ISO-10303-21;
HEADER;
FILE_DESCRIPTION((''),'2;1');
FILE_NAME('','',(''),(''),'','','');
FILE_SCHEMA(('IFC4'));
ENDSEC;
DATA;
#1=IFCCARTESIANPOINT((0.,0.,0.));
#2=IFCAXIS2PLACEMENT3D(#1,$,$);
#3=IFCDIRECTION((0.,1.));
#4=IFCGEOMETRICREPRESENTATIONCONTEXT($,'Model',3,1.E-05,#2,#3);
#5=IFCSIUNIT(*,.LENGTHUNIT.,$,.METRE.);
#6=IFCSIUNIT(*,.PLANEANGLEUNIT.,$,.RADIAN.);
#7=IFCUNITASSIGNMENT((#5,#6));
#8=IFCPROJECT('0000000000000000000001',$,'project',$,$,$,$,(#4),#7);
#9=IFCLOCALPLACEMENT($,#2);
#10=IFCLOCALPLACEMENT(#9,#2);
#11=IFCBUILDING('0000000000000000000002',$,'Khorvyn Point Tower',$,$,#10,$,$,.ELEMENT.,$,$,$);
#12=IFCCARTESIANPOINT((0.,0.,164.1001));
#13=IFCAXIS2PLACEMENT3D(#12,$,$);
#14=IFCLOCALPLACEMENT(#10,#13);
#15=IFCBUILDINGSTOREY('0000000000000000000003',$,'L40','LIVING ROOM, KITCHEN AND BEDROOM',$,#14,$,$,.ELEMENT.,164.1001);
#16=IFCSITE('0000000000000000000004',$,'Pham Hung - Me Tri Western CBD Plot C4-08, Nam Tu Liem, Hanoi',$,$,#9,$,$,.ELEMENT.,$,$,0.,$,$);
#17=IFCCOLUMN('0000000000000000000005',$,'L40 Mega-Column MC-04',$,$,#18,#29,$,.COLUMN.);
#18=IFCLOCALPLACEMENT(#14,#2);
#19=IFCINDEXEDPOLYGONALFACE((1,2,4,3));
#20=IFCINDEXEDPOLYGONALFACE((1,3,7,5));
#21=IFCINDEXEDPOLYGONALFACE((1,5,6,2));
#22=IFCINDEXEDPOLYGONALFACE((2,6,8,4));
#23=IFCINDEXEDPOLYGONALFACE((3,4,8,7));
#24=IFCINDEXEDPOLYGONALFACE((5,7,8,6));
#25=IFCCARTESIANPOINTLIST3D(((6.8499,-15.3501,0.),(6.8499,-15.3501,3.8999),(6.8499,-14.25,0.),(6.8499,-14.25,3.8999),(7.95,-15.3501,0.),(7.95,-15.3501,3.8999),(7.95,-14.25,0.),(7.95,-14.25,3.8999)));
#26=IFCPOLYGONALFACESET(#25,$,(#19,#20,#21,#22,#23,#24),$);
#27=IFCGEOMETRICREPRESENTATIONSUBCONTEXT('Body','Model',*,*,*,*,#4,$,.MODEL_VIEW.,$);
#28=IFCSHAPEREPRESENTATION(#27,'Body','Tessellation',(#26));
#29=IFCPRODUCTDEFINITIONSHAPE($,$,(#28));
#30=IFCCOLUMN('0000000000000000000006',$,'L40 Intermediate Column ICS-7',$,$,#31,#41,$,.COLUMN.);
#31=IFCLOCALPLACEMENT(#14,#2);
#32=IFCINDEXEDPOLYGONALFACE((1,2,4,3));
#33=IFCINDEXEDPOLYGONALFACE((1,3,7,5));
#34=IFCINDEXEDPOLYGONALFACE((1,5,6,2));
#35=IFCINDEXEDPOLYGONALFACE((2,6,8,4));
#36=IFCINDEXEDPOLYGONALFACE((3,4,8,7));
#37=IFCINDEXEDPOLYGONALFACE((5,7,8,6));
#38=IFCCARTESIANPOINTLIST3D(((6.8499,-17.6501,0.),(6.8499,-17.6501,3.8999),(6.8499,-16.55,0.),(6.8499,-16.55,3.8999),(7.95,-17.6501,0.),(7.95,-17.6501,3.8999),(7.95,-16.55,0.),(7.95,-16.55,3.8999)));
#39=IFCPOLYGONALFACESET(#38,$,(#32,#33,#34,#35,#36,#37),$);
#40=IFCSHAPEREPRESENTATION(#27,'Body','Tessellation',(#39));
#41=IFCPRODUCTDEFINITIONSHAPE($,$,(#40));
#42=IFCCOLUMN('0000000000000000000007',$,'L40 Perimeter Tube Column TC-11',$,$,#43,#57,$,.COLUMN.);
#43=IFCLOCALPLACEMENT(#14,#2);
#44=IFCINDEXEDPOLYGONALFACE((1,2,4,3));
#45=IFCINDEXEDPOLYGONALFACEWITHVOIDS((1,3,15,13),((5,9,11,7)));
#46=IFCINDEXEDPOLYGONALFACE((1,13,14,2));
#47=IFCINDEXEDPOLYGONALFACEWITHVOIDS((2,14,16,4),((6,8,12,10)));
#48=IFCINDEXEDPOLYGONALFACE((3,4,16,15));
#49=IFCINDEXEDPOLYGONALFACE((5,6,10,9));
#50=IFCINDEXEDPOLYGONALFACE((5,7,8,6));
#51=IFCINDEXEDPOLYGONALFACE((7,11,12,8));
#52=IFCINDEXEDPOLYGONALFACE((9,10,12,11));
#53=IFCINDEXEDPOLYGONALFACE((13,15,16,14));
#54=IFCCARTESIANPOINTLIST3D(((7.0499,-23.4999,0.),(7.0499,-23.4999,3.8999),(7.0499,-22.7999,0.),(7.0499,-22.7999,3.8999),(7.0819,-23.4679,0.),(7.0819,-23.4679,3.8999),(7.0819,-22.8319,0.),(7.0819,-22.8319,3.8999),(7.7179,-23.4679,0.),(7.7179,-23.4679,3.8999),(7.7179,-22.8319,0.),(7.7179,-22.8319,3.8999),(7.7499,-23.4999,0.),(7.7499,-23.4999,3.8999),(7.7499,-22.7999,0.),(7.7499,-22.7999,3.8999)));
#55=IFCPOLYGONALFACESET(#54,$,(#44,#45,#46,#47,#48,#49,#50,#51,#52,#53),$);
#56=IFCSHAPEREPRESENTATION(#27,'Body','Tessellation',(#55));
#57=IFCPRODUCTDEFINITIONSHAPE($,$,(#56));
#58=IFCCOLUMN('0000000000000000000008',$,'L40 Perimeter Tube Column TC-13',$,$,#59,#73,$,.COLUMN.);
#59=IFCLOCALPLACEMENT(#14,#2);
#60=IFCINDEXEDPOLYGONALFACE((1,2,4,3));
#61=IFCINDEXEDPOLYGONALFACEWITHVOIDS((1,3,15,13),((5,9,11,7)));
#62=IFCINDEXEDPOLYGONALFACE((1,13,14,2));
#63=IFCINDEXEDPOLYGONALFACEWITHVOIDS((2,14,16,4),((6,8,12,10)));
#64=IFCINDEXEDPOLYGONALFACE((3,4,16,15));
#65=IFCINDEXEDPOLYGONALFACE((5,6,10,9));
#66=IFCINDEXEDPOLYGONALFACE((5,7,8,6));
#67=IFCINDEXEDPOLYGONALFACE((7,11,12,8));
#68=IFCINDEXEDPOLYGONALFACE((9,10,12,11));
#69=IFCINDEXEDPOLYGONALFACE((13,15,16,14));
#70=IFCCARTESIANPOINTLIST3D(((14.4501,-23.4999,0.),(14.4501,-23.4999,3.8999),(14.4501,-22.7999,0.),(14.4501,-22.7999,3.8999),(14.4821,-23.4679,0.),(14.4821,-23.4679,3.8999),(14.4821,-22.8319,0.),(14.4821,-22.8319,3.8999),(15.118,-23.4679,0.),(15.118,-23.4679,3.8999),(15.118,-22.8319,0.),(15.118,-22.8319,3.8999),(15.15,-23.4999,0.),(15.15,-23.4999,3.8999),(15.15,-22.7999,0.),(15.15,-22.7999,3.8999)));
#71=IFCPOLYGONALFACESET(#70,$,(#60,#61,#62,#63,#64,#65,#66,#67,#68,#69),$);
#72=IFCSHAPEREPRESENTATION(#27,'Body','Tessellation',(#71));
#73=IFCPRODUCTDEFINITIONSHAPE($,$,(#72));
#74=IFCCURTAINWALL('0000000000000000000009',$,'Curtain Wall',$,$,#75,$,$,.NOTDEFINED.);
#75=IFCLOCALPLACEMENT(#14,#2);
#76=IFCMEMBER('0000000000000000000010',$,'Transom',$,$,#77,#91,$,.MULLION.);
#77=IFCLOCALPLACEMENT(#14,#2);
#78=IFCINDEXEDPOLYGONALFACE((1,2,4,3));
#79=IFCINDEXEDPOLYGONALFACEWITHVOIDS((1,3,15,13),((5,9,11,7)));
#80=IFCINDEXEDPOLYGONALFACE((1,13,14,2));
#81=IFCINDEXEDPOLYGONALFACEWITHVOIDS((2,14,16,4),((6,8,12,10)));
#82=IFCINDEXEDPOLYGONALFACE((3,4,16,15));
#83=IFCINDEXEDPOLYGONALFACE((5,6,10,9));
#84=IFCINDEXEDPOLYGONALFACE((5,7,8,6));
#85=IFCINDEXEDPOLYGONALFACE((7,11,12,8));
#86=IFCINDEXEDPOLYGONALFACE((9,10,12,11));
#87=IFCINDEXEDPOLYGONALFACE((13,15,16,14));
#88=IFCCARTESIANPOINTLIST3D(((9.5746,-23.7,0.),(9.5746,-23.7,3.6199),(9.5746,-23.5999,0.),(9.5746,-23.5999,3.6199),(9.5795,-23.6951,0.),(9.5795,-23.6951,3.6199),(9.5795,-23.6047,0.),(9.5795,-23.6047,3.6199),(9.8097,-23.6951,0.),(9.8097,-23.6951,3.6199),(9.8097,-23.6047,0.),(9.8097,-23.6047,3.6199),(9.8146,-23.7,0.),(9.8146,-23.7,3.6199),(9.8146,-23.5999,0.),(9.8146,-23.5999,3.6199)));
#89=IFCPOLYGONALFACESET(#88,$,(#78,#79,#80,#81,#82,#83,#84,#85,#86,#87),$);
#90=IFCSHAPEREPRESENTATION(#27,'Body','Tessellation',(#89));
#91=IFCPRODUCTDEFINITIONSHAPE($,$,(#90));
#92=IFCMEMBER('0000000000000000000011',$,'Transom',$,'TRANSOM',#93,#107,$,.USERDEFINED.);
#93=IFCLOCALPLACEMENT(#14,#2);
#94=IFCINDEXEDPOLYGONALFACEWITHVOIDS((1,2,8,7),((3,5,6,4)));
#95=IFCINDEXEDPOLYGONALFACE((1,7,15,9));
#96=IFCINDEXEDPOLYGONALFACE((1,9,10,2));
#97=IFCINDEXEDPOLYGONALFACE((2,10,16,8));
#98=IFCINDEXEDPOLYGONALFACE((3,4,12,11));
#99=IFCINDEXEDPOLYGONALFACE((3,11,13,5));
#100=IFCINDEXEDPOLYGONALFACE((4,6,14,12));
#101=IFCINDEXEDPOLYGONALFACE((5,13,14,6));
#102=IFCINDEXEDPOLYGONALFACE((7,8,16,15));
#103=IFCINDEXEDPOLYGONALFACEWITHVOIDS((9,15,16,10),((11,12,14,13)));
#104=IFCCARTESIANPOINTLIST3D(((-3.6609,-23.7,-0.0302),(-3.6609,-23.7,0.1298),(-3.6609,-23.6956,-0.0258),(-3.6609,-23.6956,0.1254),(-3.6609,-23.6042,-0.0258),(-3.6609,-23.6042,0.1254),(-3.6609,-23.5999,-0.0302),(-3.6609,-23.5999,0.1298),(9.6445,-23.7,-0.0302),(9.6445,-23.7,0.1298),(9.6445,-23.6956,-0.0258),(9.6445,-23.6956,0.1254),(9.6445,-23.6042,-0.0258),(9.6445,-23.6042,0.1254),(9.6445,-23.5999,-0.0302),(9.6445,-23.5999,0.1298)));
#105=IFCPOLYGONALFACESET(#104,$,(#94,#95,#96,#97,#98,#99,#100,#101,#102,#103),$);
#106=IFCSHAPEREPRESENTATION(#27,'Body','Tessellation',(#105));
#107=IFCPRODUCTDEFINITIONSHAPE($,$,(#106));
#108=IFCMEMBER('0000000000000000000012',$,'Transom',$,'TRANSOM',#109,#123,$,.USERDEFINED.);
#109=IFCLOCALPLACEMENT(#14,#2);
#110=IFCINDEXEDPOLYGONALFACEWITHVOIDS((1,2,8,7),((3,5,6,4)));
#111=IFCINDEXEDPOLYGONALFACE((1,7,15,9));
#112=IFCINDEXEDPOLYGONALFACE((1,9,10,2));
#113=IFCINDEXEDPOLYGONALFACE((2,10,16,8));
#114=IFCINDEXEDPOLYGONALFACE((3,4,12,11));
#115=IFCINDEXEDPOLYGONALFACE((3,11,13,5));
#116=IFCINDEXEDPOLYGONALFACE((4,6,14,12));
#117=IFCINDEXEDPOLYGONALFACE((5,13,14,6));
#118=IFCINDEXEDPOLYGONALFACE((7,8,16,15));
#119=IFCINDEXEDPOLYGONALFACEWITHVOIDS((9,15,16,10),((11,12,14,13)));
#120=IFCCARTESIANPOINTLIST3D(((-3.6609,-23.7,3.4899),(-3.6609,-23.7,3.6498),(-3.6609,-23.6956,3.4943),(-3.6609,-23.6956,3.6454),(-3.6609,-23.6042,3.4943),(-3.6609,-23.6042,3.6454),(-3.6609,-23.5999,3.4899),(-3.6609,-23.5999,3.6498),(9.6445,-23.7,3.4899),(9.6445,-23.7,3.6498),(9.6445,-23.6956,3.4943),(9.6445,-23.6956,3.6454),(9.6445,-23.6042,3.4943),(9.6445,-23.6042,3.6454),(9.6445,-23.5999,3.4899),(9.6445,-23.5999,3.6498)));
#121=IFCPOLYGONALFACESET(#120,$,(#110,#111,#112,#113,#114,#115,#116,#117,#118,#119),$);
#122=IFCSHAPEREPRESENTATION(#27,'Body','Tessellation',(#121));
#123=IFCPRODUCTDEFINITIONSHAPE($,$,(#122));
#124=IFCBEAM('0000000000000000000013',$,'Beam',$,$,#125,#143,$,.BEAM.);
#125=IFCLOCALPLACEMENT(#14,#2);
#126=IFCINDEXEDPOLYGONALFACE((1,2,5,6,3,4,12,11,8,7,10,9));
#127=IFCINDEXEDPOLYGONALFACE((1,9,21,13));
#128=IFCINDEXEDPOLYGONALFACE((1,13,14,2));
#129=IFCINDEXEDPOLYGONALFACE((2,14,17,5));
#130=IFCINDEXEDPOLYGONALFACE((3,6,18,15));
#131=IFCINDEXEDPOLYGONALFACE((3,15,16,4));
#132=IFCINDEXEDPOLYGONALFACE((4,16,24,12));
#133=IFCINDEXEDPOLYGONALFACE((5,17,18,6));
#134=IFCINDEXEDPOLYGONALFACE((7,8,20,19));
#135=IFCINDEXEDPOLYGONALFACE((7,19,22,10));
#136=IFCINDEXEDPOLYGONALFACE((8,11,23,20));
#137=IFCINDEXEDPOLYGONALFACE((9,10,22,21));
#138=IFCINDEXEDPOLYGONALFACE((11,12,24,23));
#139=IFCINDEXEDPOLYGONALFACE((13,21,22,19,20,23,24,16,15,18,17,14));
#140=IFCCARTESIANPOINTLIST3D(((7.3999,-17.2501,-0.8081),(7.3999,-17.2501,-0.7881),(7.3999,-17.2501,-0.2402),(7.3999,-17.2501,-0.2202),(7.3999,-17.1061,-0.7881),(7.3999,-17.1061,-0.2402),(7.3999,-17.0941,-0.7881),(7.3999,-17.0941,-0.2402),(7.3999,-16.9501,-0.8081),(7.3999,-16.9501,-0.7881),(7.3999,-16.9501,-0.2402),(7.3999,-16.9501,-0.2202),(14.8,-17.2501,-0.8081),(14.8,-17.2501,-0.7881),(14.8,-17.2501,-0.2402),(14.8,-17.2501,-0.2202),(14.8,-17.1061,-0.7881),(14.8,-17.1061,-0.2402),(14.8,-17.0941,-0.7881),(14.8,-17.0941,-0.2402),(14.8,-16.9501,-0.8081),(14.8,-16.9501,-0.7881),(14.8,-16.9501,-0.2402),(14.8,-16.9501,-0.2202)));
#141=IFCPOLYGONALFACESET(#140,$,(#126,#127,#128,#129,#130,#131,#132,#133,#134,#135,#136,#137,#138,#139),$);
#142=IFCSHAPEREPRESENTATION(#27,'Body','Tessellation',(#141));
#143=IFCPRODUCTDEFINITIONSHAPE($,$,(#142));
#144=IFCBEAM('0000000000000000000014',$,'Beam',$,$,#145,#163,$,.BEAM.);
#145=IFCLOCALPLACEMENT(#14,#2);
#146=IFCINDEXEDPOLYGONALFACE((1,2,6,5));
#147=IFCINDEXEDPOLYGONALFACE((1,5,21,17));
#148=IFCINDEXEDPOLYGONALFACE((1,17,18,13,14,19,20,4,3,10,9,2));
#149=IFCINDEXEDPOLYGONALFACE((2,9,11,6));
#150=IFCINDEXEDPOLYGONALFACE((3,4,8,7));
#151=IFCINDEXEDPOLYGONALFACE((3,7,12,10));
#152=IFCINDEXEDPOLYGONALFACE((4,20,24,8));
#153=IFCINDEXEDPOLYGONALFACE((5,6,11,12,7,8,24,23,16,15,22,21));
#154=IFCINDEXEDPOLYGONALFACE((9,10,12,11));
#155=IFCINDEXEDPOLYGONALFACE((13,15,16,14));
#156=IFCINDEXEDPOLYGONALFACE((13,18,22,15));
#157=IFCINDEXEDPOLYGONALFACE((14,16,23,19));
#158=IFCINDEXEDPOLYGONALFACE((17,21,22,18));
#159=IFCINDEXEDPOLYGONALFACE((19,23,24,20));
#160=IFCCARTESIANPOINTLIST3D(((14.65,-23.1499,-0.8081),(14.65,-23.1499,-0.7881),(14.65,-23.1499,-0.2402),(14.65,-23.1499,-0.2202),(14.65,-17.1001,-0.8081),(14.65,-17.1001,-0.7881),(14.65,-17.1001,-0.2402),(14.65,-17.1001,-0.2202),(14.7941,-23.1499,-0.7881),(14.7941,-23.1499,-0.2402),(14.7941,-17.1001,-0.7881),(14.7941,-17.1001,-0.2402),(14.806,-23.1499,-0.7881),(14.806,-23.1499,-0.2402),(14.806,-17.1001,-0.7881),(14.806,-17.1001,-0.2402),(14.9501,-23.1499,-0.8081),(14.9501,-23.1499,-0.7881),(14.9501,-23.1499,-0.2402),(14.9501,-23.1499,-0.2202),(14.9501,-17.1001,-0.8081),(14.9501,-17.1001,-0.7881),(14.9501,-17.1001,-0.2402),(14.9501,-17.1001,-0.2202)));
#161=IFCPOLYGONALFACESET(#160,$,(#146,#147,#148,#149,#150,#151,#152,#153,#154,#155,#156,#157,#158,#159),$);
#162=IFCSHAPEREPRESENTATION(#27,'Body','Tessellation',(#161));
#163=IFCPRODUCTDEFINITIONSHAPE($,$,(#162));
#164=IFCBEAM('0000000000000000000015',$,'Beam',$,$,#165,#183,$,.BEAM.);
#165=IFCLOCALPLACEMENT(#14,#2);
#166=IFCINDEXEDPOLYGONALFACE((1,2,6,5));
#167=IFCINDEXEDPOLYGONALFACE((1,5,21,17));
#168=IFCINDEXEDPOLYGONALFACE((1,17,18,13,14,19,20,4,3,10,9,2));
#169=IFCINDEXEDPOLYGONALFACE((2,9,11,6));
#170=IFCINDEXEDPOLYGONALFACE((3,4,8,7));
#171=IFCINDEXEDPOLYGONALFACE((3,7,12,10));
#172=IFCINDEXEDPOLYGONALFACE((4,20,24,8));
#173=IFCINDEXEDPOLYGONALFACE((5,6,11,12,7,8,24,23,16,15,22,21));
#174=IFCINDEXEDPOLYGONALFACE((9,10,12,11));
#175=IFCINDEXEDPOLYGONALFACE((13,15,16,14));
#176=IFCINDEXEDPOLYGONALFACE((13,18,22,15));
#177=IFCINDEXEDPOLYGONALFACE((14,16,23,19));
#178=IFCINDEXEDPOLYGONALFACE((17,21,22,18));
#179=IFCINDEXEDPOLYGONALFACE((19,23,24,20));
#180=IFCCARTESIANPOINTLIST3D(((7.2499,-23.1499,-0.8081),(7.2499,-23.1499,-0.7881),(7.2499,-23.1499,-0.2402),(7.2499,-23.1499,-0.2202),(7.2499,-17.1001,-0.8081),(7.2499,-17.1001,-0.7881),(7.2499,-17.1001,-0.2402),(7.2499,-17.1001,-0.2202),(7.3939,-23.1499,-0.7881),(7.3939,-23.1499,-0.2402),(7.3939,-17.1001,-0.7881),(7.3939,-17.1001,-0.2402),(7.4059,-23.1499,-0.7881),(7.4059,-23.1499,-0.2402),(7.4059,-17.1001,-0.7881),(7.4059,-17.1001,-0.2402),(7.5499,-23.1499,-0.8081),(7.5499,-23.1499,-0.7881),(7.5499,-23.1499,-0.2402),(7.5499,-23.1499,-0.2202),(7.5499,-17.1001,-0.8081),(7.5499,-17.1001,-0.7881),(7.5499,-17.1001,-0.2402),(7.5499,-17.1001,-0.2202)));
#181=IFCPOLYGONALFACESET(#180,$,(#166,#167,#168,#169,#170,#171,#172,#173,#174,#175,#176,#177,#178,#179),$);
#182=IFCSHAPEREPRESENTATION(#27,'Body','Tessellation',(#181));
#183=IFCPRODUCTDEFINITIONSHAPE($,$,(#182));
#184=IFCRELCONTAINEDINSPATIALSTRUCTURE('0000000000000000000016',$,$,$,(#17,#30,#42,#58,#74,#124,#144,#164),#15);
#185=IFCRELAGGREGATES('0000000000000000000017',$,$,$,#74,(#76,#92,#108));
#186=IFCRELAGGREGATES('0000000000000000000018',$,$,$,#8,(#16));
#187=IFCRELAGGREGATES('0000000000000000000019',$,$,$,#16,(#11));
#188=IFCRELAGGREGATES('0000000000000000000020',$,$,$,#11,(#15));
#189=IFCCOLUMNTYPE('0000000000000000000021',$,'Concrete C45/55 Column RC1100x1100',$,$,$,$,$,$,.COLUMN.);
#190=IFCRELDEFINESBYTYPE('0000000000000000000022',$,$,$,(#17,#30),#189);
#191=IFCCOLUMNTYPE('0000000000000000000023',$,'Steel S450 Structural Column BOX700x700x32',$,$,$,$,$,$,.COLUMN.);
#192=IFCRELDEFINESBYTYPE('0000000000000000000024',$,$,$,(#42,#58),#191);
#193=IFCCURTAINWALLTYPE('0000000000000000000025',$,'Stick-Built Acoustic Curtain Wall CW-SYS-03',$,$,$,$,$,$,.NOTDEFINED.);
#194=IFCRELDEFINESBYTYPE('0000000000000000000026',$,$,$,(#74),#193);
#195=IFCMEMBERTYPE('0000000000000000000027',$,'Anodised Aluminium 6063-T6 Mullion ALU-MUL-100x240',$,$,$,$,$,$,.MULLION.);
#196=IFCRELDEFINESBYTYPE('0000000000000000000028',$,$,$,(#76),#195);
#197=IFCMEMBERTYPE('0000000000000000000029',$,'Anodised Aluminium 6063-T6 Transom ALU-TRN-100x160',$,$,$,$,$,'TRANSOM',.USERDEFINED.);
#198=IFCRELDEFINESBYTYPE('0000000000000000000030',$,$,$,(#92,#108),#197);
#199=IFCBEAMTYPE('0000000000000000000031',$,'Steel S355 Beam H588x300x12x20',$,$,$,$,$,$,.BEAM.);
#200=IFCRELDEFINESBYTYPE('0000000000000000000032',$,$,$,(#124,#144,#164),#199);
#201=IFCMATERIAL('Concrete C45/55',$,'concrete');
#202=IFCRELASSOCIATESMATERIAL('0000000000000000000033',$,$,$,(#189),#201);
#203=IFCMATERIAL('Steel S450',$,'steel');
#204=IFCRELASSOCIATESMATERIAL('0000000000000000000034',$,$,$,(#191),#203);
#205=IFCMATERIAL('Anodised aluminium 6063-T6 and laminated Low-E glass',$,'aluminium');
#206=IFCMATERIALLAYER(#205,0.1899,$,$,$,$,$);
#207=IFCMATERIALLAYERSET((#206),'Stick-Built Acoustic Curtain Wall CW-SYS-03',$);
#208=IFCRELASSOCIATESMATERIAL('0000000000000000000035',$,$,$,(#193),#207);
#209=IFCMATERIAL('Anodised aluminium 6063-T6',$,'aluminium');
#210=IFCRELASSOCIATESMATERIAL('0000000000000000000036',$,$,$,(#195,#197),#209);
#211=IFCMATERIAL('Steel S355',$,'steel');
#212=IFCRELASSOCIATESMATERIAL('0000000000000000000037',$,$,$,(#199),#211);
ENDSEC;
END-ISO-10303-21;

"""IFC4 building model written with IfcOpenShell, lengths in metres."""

from ifc_helpers import new_model, si_unit, direction, frame, origin, origin_2d, place, context, subcontext, project, spatial, rectangle, hollow_rectangle, i_section, extrude, material, layer, layer_set, material_profile, profile_set, type_object, element, aggregate, save


model = new_model("IFC4")

# Units and contexts
model_context = context("Model", 3, precision=1e-05, world=origin(), true_north=direction((0.0, 1.0)))
body_context = subcontext(model_context, "Body", "Model", "MODEL_VIEW")
ifc_project = project(units=[si_unit("LENGTHUNIT", "METRE"), si_unit("PLANEANGLEUNIT", "RADIAN")], contexts=[model_context])

# Site, building, storey
site_placement = place(None, origin())
site = spatial("IfcSite", under=ifc_project, at=site_placement, Name="Pham Hung - Me Tri Western CBD Plot C4-08, Nam Tu Liem, Hanoi", CompositionType="ELEMENT", RefElevation=0.0)
building_placement = place(site_placement, origin())
building = spatial("IfcBuilding", under=site, at=building_placement, Name="Khorvyn Point Tower", CompositionType="ELEMENT")
storey_placement = place(building_placement, frame((0.0, 0.0, 164.1001)))
storey = spatial("IfcBuildingStorey", under=building, at=storey_placement, Name="L40", Description="LIVING ROOM, KITCHEN AND BEDROOM", CompositionType="ELEMENT", Elevation=164.1001)

# Columns
ifc_material_1 = material(Name="Concrete C45/55", Category="concrete")
ifc_material_profile_1 = material_profile(ifc_material_1, rectangle(XDim=1.1001, YDim=1.1001, at=origin_2d()))
ifc_profile_set_1 = profile_set([ifc_material_profile_1], Name="Concrete C45/55 RC1100x1100")
column_type_1 = type_object("IfcColumnType", Name="Concrete C45/55 Column RC1100x1100", PredefinedType="COLUMN", material=ifc_profile_set_1)
for number, where, z_axis, x_axis, name in (
    (1, (7.3999, -14.8, 0.0), (0.0, 0.0, 1.0), (1.0, 0.0, 0.0), "L40 Mega-Column MC-04"),
    (2, (7.3999, -17.1001, 0.0), (0.0, 0.0, 1.0), (1.0, 0.0, 0.0), "L40 Intermediate Column ICS-7"),
):
    element("IfcColumn", number, at=place(storey_placement, frame(where, z_axis=z_axis, x_axis=x_axis)), inside=storey, type_object=column_type_1, Name=name, PredefinedType="COLUMN", context=body_context, shape_type="SweptSolid", body=[
        extrude(rectangle(XDim=1.1001, YDim=1.1001, at=origin_2d()), origin(), (0.0, 0.0, 1.0), 3.8999),
    ])
ifc_material_2 = material(Name="Steel S450", Category="steel")
ifc_material_profile_2 = material_profile(ifc_material_2, hollow_rectangle(XDim=0.7, YDim=0.7, WallThickness=0.032, at=origin_2d()))
ifc_profile_set_2 = profile_set([ifc_material_profile_2], Name="Steel S450 BOX700x700x32")
column_type_2 = type_object("IfcColumnType", Name="Steel S450 Structural Column BOX700x700x32", PredefinedType="COLUMN", material=ifc_profile_set_2)
for number, where, z_axis, x_axis, name in (
    (3, (7.3999, -23.1499, 0.0), (0.0, 0.0, 1.0), (1.0, 0.0, 0.0), "L40 Perimeter Tube Column TC-11"),
    (4, (14.8, -23.1499, 0.0), (0.0, 0.0, 1.0), (1.0, 0.0, 0.0), "L40 Perimeter Tube Column TC-13"),
):
    element("IfcColumn", number, at=place(storey_placement, frame(where, z_axis=z_axis, x_axis=x_axis)), inside=storey, type_object=column_type_2, Name=name, PredefinedType="COLUMN", context=body_context, shape_type="SweptSolid", body=[
        extrude(hollow_rectangle(XDim=0.7, YDim=0.7, WallThickness=0.032, at=origin_2d()), origin(), (0.0, 0.0, 1.0), 3.8999),
    ])

# Curtain wall, members
ifc_material_3 = material(Name="Anodised aluminium 6063-T6 and laminated Low-E glass", Category="aluminium")
ifc_layer_1 = layer(ifc_material_3, 0.1899)
ifc_layer_set_1 = layer_set([ifc_layer_1], Name="Stick-Built Acoustic Curtain Wall CW-SYS-03")
curtain_wall_type = type_object("IfcCurtainWallType", Name="Stick-Built Acoustic Curtain Wall CW-SYS-03", PredefinedType="NOTDEFINED", material=ifc_layer_set_1)
curtain_wall_placement = place(storey_placement, origin())
curtain_wall = element("IfcCurtainWall", 5, at=curtain_wall_placement, inside=storey, type_object=curtain_wall_type, Name="Curtain Wall", PredefinedType="NOTDEFINED")
ifc_material_4 = material(Name="Anodised aluminium 6063-T6", Category="aluminium")
ifc_material_profile_3 = material_profile(ifc_material_4, hollow_rectangle(XDim=0.1001, YDim=0.24, WallThickness=0.0049, at=origin_2d()))
ifc_profile_set_3 = profile_set([ifc_material_profile_3], Name="Anodised aluminium 6063-T6 ALU-MUL-100x240")
member_type_1 = type_object("IfcMemberType", Name="Anodised Aluminium 6063-T6 Mullion ALU-MUL-100x240", PredefinedType="MULLION", material=ifc_profile_set_3)
member_1_placement = place(storey_placement, frame((9.6946, -23.6499, 0.0), z_axis=(0.0, 0.0, 1.0), x_axis=(0.0, -1.0, 0.0)))
member_1 = element("IfcMember", 6, at=member_1_placement, type_object=member_type_1, Name="Transom", PredefinedType="MULLION", context=body_context, shape_type="SweptSolid", body=[
    extrude(hollow_rectangle(XDim=0.1001, YDim=0.24, WallThickness=0.0049, at=origin_2d()), origin(), (0.0, 0.0, 1.0), 3.6199),
])
ifc_material_profile_4 = material_profile(ifc_material_4, hollow_rectangle(XDim=0.1001, YDim=0.1599, WallThickness=0.0044, at=origin_2d()))
ifc_profile_set_4 = profile_set([ifc_material_profile_4], Name="Anodised aluminium 6063-T6 ALU-TRN-100x160")
member_type_2 = type_object("IfcMemberType", Name="Anodised Aluminium 6063-T6 Transom ALU-TRN-100x160", ElementType="TRANSOM", PredefinedType="USERDEFINED", material=ifc_profile_set_4)
member_2_placement = place(storey_placement, frame((9.6445, -23.6499, 0.0498), z_axis=(-1.0, 0.0, 0.0), x_axis=(0.0, -1.0, 0.0)))
member_2 = element("IfcMember", 7, at=member_2_placement, type_object=member_type_2, Name="Transom", ObjectType="TRANSOM", PredefinedType="USERDEFINED", context=body_context, shape_type="SweptSolid", body=[
    extrude(hollow_rectangle(XDim=0.1001, YDim=0.1599, WallThickness=0.0044, at=origin_2d()), origin(), (0.0, 0.0, 1.0), 13.3054),
])
member_3_placement = place(storey_placement, frame((9.6445, -23.6499, 3.5698), z_axis=(-1.0, 0.0, 0.0), x_axis=(0.0, -1.0, 0.0)))
member_3 = element("IfcMember", 8, at=member_3_placement, type_object=member_type_2, Name="Transom", ObjectType="TRANSOM", PredefinedType="USERDEFINED", context=body_context, shape_type="SweptSolid", body=[
    extrude(hollow_rectangle(XDim=0.1001, YDim=0.1599, WallThickness=0.0044, at=origin_2d()), origin(), (0.0, 0.0, 1.0), 13.3054),
])

# Beams
ifc_material_5 = material(Name="Steel S355", Category="steel")
ifc_material_profile_5 = material_profile(ifc_material_5, i_section(OverallWidth=0.3, OverallDepth=0.5879, WebThickness=0.012, FlangeThickness=0.02, at=origin_2d()))
ifc_profile_set_5 = profile_set([ifc_material_profile_5], Name="Steel S355 H588x300x12x20")
beam_type_1 = type_object("IfcBeamType", Name="Steel S355 Beam H588x300x12x20", PredefinedType="BEAM", material=ifc_profile_set_5)
beam_1_placement = place(storey_placement, frame((7.3999, -17.1001, -0.5142), z_axis=(1.0, 0.0, 0.0), x_axis=(0.0, 1.0, 0.0)))
element("IfcBeam", 9, at=beam_1_placement, inside=storey, type_object=beam_type_1, Name="Beam", PredefinedType="BEAM", context=body_context, shape_type="SweptSolid", body=[
    extrude(i_section(OverallWidth=0.3, OverallDepth=0.5879, WebThickness=0.012, FlangeThickness=0.02, at=origin_2d()), origin(), (0.0, 0.0, 1.0), 7.4001),
])
for number, where, z_axis, x_axis, name in (
    (10, (14.8, -23.1499, -0.5142), (0.0, 1.0, 0.0), (-1.0, 0.0, 0.0), "Beam"),
    (11, (7.3999, -23.1499, -0.5142), (0.0, 1.0, 0.0), (-1.0, 0.0, 0.0), "Beam"),
):
    element("IfcBeam", number, at=place(storey_placement, frame(where, z_axis=z_axis, x_axis=x_axis)), inside=storey, type_object=beam_type_1, Name=name, PredefinedType="BEAM", context=body_context, shape_type="SweptSolid", body=[
        extrude(i_section(OverallWidth=0.3, OverallDepth=0.5879, WebThickness=0.012, FlangeThickness=0.02, at=origin_2d()), origin(), (0.0, 0.0, 1.0), 6.0498),
    ])

aggregate(curtain_wall, [member_1, member_2, member_3])

save(model, "model.ifc")
